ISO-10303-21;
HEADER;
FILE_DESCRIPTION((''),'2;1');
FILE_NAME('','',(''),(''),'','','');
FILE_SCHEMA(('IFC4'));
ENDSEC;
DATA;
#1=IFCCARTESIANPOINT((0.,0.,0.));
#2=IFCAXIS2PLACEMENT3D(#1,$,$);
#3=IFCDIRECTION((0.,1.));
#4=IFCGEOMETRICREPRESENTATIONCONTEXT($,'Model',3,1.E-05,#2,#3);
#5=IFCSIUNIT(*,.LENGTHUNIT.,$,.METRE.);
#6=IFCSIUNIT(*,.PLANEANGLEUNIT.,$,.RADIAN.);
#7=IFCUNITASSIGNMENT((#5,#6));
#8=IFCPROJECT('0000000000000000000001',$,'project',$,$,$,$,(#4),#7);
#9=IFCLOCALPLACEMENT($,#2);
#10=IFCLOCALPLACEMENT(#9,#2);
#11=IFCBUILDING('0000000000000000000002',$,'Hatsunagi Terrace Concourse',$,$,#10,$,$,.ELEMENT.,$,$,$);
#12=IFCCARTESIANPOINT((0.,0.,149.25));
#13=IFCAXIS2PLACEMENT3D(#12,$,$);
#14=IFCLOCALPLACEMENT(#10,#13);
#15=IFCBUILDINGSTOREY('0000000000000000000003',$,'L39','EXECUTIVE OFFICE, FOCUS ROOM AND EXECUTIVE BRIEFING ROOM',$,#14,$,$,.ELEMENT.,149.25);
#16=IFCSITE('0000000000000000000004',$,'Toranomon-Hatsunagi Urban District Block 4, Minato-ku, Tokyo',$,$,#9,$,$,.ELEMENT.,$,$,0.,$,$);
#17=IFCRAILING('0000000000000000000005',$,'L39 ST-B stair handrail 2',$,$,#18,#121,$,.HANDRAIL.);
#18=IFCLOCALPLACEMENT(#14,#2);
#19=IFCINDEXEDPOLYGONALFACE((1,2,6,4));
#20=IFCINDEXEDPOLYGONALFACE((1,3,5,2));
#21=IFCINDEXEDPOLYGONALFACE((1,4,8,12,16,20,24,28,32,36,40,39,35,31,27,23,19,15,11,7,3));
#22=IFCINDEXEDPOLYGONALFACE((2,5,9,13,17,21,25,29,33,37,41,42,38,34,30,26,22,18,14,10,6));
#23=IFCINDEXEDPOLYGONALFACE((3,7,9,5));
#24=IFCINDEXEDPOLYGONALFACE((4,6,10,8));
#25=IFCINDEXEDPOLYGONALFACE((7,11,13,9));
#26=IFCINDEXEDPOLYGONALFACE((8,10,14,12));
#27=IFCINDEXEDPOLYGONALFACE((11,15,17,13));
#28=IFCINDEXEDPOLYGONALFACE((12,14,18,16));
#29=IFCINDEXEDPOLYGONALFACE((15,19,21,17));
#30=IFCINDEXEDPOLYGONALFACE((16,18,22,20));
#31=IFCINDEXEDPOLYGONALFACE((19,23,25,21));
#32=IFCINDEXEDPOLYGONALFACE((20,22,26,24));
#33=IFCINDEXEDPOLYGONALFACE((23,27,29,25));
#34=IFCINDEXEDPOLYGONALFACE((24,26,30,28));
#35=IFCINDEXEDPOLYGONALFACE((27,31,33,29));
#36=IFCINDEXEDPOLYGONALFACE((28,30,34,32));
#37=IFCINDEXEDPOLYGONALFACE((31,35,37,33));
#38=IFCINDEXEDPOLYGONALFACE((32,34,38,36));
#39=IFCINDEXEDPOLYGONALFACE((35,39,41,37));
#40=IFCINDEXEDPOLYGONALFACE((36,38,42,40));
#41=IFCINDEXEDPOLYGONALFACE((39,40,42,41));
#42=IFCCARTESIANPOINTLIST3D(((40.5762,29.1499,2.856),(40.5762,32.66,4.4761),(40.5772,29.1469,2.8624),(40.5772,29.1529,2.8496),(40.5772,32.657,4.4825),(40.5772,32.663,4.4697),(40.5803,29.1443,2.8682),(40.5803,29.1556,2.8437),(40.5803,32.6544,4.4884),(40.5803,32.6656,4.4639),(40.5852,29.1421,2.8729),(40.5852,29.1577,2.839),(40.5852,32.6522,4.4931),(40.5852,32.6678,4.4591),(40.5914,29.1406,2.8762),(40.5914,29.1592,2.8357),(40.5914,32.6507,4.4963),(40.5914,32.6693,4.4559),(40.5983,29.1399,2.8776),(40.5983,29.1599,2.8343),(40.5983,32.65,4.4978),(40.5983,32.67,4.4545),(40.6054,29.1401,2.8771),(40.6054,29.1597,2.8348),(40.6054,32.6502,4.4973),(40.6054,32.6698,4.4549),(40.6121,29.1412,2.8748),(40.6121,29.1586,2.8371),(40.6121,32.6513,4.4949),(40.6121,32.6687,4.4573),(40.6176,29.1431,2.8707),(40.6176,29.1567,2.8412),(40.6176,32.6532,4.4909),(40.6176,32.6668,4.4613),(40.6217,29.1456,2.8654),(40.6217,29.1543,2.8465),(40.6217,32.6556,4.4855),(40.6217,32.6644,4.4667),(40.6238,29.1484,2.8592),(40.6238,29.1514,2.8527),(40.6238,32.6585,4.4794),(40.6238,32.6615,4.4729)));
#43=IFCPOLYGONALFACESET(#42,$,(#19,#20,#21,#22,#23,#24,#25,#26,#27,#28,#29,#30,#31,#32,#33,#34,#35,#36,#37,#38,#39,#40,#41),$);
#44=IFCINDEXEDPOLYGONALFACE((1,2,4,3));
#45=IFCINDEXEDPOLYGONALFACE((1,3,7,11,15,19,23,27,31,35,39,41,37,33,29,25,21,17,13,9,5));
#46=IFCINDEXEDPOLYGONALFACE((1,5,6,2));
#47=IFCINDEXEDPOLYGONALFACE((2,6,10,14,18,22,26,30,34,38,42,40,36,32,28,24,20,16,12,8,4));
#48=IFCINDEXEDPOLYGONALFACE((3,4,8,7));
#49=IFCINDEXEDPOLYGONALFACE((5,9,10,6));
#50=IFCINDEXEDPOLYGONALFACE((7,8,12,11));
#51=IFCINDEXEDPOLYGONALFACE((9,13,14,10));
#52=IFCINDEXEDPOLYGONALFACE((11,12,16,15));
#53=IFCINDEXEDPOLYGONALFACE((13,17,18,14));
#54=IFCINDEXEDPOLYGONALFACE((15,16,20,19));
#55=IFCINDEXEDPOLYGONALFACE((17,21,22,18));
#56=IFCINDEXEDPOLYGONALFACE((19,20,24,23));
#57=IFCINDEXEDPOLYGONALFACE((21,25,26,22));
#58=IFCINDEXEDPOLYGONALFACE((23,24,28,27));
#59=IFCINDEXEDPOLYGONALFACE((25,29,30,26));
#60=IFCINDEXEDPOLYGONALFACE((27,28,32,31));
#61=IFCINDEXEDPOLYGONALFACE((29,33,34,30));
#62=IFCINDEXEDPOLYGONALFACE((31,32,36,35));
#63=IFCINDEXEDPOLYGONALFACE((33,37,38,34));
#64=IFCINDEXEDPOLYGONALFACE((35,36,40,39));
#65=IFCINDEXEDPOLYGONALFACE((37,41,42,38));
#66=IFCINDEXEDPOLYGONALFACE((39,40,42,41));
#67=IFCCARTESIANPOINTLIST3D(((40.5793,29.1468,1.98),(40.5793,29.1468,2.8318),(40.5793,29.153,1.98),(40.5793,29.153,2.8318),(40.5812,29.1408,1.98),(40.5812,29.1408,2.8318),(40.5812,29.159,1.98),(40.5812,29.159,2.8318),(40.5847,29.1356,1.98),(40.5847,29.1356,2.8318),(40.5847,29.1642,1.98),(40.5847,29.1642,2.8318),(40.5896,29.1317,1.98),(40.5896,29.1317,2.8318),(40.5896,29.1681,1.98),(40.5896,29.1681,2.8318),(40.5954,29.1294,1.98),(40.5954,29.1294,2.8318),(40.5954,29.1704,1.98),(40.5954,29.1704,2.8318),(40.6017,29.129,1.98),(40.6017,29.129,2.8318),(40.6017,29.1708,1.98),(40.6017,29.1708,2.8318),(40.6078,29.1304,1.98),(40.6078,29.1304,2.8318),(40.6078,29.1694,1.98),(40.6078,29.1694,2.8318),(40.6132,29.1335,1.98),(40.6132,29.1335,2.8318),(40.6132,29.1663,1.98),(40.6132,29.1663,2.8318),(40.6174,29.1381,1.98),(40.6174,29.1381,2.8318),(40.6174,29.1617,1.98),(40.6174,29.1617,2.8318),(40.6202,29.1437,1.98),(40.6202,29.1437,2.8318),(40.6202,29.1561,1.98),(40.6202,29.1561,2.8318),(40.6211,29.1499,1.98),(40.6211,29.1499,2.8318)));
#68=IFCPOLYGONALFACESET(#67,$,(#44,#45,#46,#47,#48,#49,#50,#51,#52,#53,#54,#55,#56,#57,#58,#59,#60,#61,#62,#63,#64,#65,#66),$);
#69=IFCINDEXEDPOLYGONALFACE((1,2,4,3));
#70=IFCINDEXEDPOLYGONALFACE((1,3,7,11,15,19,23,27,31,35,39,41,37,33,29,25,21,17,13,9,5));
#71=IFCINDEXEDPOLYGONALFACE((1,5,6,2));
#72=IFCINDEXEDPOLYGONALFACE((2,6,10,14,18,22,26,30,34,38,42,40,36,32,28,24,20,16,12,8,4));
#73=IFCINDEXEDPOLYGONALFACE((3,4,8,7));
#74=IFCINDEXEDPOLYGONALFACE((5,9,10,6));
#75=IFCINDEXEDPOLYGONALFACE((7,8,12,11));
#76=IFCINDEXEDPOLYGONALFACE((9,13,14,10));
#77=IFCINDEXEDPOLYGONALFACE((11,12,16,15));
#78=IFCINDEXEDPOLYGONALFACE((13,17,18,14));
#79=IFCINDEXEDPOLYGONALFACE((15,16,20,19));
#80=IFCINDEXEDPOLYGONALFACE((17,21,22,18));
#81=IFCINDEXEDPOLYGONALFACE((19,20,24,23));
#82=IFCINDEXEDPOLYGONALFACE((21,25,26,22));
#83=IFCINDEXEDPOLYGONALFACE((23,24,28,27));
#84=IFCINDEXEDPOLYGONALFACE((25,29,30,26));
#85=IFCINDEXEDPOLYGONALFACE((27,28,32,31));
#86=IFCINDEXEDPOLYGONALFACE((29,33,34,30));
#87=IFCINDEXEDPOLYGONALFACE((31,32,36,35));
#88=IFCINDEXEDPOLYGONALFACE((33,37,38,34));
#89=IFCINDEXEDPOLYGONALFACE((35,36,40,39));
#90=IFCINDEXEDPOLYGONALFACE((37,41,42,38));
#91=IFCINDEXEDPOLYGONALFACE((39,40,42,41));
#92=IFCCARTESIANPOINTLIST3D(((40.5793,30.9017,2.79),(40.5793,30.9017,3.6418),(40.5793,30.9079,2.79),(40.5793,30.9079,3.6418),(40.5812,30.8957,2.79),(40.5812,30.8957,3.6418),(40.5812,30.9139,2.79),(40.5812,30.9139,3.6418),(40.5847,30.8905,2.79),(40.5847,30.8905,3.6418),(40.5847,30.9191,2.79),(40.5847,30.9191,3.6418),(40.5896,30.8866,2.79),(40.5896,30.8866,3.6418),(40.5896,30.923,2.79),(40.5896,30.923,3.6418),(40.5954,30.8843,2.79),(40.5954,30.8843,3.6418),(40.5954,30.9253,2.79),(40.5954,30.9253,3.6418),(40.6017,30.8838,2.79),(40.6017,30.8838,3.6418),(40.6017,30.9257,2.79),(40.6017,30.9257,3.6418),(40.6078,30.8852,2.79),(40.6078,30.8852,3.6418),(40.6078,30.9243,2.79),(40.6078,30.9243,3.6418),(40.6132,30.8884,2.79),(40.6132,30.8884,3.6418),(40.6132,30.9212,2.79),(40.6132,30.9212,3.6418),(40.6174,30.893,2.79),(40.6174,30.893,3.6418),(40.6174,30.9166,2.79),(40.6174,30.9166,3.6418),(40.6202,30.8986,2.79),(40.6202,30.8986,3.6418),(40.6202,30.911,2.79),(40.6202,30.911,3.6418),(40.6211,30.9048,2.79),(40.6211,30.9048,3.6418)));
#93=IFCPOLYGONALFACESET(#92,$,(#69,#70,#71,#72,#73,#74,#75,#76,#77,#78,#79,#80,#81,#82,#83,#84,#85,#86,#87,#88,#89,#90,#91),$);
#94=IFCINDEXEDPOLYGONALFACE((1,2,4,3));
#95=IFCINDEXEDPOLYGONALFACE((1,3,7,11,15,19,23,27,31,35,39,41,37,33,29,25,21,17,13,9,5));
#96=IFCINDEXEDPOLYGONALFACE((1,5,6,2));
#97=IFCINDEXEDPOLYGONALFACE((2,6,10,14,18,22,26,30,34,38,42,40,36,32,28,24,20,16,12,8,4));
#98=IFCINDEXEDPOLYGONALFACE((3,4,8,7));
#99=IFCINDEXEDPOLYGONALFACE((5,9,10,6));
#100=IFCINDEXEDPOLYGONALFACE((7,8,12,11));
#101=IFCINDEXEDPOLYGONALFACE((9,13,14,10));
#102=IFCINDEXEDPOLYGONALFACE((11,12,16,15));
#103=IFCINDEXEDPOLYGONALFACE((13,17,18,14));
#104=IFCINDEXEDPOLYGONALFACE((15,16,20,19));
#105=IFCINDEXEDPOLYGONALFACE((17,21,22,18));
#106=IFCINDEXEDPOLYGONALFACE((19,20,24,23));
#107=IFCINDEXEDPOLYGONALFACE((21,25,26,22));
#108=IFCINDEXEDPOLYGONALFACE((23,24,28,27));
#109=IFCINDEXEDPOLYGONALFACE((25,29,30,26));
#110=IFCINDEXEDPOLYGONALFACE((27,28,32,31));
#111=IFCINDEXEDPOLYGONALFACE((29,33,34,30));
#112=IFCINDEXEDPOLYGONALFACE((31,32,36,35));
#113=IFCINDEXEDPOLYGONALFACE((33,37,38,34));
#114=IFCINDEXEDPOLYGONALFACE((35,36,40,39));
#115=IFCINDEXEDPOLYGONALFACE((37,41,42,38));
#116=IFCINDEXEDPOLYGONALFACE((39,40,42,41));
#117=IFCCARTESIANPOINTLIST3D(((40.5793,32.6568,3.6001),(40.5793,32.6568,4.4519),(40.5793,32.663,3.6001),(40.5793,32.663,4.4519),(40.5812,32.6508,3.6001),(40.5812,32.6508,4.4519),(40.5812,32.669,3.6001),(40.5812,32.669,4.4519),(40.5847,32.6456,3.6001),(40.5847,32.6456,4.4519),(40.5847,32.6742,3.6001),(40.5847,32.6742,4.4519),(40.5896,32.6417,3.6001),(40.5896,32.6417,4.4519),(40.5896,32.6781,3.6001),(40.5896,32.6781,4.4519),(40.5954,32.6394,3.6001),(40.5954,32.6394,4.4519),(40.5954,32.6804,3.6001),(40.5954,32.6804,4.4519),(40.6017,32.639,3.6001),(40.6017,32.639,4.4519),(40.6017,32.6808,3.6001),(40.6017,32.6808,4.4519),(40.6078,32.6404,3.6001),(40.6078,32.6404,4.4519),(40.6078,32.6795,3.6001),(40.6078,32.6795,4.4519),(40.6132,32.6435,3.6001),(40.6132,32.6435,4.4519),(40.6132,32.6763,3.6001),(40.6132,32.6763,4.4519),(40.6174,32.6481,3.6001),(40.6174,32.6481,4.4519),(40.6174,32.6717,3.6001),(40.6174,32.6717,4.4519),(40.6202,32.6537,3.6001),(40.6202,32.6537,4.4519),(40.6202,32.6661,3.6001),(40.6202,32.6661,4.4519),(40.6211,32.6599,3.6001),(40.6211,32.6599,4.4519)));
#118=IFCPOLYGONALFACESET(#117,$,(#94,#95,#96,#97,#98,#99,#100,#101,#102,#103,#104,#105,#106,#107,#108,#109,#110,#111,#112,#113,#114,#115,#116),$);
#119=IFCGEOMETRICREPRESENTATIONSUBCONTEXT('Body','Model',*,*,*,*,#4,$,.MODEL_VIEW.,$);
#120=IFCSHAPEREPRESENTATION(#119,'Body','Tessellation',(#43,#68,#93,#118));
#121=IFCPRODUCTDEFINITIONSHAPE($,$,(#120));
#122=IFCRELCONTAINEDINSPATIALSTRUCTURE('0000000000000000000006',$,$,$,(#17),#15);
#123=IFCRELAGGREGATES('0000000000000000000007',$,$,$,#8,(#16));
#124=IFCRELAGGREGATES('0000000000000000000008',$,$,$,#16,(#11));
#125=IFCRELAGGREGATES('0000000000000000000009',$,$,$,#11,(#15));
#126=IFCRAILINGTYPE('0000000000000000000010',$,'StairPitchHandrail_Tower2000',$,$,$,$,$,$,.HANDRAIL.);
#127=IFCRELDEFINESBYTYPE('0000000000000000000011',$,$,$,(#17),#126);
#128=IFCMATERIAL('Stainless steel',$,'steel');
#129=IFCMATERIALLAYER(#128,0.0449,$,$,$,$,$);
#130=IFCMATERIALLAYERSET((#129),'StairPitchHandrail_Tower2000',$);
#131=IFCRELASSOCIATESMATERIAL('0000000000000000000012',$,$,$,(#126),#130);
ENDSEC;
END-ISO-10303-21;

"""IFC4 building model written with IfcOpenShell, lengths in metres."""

from ifc_helpers import new_model, si_unit, direction, frame, origin, origin_2d, place, context, subcontext, project, spatial, circle, extrude, material, layer, layer_set, type_object, element, save


model = new_model("IFC4")

# Units and contexts
model_context = context("Model", 3, precision=1e-05, world=origin(), true_north=direction((0.0, 1.0)))
body_context = subcontext(model_context, "Body", "Model", "MODEL_VIEW")
ifc_project = project(units=[si_unit("LENGTHUNIT", "METRE"), si_unit("PLANEANGLEUNIT", "RADIAN")], contexts=[model_context])

# Site, building, storey
site_placement = place(None, origin())
site = spatial("IfcSite", under=ifc_project, at=site_placement, Name="Toranomon-Hatsunagi Urban District Block 4, Minato-ku, Tokyo", CompositionType="ELEMENT", RefElevation=0.0)
building_placement = place(site_placement, origin())
building = spatial("IfcBuilding", under=site, at=building_placement, Name="Hatsunagi Terrace Concourse", CompositionType="ELEMENT")
storey_placement = place(building_placement, frame((0.0, 0.0, 149.25)))
storey = spatial("IfcBuildingStorey", under=building, at=storey_placement, Name="L39", Description="EXECUTIVE OFFICE, FOCUS ROOM AND EXECUTIVE BRIEFING ROOM", CompositionType="ELEMENT", Elevation=149.25)

# Railing
ifc_material_1 = material(Name="Stainless steel", Category="steel")
ifc_layer_1 = layer(ifc_material_1, 0.0449)
ifc_layer_set_1 = layer_set([ifc_layer_1], Name="StairPitchHandrail_Tower2000")
railing_type = type_object("IfcRailingType", Name="StairPitchHandrail_Tower2000", PredefinedType="HANDRAIL", material=ifc_layer_set_1)
railing_placement = place(storey_placement, frame((40.6001, 29.1499, 1.98)))
element("IfcRailing", 1, at=railing_placement, inside=storey, type_object=railing_type, Name="L39 ST-B stair handrail 2", PredefinedType="HANDRAIL", context=body_context, shape_type="SweptSolid", body=[
    extrude(circle(Radius=0.0239, at=origin_2d()), frame((0.0, 0.0, 0.876), z_axis=(0.0, 0.907948, 0.419082), x_axis=(-1.0, 0.0, 0.0)), (0.0, 0.0, 1.0), 3.866),
    extrude(circle(Radius=0.021, at=origin_2d()), origin(), (0.0, 0.0, 1.0), 0.8518),
    extrude(circle(Radius=0.021, at=origin_2d()), frame((0.0, 1.7549, 0.8101)), (0.0, 0.0, 1.0), 0.8518),
    extrude(circle(Radius=0.021, at=origin_2d()), frame((0.0, 3.51, 1.6201)), (0.0, 0.0, 1.0), 0.8518),
])

save(model, "model.ifc")
